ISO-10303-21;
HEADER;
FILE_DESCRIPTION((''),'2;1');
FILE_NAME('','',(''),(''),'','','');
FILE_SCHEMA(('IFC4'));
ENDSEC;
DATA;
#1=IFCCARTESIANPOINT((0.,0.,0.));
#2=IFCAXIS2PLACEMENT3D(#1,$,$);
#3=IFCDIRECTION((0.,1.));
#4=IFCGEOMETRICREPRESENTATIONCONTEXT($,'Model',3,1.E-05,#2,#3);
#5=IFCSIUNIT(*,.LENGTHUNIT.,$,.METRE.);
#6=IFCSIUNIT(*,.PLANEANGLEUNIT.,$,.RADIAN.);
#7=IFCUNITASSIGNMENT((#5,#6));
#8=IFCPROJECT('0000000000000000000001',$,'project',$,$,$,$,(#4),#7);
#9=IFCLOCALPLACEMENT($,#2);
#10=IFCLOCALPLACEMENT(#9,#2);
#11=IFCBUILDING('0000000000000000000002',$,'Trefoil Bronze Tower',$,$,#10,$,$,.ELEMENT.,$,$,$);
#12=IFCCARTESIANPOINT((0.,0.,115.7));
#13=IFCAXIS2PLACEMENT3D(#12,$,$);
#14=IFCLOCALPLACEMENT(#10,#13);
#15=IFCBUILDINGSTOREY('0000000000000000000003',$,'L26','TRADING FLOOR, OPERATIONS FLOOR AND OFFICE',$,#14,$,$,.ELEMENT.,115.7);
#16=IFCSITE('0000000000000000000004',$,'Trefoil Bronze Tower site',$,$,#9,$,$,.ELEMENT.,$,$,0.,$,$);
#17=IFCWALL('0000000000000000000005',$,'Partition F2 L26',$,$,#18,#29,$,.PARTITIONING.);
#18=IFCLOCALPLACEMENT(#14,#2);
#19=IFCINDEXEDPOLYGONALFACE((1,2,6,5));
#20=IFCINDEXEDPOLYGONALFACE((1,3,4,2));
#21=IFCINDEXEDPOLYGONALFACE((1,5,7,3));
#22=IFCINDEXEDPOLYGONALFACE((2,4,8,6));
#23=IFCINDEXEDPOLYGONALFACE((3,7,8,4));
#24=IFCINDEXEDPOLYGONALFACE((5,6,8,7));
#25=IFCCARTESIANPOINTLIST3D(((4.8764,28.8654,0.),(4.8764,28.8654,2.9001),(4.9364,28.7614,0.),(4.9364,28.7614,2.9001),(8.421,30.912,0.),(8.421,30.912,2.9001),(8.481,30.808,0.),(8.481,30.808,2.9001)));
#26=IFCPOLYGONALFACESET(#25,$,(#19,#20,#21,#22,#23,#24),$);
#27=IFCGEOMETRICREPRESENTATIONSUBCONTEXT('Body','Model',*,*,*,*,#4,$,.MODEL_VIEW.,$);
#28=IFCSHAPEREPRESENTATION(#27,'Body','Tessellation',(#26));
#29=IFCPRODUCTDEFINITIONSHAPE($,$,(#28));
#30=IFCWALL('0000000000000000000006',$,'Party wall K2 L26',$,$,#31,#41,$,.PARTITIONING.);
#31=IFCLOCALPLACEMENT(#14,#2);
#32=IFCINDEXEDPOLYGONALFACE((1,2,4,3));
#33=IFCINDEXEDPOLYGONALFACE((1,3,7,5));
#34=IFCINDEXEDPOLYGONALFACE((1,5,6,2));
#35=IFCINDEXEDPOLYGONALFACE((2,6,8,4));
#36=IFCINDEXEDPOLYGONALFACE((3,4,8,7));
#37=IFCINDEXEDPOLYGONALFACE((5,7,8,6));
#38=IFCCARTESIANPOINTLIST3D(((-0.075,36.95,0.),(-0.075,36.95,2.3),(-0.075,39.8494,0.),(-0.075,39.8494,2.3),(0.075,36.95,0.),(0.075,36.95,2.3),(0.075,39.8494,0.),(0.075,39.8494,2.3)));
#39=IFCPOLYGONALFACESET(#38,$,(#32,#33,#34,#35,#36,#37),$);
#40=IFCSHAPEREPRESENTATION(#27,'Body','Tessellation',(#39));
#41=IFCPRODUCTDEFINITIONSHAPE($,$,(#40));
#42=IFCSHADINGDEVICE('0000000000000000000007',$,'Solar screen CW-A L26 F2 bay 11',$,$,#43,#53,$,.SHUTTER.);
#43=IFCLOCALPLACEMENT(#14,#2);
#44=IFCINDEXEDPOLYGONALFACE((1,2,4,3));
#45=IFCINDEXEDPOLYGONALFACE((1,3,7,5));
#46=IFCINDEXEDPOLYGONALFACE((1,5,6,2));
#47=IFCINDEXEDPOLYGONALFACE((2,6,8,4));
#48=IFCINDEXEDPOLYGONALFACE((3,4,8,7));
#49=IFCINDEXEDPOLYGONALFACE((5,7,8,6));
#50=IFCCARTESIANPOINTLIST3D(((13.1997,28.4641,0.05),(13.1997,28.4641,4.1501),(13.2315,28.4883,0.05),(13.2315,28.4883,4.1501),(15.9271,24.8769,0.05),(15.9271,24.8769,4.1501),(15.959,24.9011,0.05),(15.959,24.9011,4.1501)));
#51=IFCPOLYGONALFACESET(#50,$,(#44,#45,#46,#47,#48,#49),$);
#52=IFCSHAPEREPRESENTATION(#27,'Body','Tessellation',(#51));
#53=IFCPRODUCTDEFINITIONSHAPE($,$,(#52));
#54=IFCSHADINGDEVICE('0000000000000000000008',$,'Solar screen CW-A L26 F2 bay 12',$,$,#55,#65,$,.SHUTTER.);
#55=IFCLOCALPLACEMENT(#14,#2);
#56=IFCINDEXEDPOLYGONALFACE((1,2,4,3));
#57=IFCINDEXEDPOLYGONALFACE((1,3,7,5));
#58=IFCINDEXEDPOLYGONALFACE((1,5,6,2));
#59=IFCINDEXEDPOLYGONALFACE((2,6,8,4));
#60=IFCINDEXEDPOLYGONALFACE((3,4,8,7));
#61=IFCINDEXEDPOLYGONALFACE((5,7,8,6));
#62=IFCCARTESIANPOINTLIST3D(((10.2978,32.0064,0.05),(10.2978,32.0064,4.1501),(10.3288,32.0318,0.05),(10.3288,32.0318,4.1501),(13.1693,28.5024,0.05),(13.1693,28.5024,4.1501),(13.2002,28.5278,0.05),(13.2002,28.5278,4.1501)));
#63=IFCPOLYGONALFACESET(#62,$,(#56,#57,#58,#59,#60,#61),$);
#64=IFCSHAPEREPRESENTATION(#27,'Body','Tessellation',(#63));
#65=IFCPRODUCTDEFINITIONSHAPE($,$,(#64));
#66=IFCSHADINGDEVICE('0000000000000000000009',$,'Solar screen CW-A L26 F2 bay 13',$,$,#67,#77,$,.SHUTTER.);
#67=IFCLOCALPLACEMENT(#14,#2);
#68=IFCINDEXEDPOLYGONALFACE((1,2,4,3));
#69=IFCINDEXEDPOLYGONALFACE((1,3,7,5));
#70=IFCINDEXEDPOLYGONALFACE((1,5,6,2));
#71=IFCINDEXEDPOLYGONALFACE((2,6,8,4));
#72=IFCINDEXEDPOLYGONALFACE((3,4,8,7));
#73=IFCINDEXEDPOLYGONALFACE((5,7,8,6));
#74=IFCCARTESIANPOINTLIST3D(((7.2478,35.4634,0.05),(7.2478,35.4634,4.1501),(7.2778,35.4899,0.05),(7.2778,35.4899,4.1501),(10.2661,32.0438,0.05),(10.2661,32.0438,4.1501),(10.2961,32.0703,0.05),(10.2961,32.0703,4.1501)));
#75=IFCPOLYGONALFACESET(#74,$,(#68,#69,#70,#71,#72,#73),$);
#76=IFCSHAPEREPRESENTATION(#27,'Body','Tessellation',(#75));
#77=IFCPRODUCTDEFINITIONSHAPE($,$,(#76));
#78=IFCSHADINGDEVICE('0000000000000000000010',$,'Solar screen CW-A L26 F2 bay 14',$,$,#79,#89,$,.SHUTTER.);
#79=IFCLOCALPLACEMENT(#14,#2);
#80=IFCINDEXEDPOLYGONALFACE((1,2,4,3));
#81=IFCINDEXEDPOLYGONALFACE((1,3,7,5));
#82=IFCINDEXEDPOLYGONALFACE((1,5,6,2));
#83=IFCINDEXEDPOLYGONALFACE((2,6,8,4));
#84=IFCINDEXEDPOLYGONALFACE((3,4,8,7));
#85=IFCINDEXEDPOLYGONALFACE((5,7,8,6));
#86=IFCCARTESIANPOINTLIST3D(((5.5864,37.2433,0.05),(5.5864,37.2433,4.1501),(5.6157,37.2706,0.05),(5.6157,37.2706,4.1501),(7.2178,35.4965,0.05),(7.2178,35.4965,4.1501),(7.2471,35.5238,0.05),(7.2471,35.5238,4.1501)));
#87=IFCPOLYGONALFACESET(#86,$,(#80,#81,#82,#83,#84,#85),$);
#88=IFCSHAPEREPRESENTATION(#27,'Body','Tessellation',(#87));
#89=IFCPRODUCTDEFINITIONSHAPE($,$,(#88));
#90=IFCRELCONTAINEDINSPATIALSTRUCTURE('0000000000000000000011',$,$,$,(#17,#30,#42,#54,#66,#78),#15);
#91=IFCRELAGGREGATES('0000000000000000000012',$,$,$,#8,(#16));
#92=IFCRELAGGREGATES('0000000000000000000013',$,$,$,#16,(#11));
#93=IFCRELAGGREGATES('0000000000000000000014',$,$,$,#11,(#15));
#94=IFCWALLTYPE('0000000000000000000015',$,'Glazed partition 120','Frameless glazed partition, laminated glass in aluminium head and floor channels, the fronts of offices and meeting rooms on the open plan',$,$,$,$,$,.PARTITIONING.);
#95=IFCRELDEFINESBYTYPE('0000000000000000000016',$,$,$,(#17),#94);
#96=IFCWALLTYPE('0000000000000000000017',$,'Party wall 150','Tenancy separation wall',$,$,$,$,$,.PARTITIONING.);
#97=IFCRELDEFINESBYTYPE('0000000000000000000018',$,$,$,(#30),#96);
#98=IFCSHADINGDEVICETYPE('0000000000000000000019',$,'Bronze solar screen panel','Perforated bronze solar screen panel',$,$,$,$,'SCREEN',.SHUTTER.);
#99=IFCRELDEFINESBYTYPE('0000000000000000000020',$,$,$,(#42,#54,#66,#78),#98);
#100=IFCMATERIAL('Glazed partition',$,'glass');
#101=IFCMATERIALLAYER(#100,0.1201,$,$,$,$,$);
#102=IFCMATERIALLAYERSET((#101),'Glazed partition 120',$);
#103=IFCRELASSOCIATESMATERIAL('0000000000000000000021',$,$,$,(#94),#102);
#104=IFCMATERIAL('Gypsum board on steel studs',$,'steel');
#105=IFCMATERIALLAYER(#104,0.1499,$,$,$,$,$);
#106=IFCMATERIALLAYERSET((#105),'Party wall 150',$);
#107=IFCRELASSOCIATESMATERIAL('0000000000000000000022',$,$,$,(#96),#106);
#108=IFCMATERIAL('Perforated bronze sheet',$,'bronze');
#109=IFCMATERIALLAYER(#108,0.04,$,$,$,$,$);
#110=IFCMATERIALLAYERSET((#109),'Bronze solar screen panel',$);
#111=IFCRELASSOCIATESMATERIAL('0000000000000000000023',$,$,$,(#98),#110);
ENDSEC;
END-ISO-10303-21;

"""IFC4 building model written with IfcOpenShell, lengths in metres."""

from ifc_helpers import new_model, si_unit, direction, frame, frame_2d, origin, origin_2d, place, context, subcontext, project, spatial, rectangle, extrude, material, layer, layer_set, type_object, element, save


model = new_model("IFC4")

# Units and contexts
model_context = context("Model", 3, precision=1e-05, world=origin(), true_north=direction((0.0, 1.0)))
body_context = subcontext(model_context, "Body", "Model", "MODEL_VIEW")
ifc_project = project(units=[si_unit("LENGTHUNIT", "METRE"), si_unit("PLANEANGLEUNIT", "RADIAN")], contexts=[model_context])

# Site, building, storey
site_placement = place(None, origin())
site = spatial("IfcSite", under=ifc_project, at=site_placement, Name="Trefoil Bronze Tower site", CompositionType="ELEMENT", RefElevation=0.0)
building_placement = place(site_placement, origin())
building = spatial("IfcBuilding", under=site, at=building_placement, Name="Trefoil Bronze Tower", CompositionType="ELEMENT")
storey_placement = place(building_placement, frame((0.0, 0.0, 115.7)))
storey = spatial("IfcBuildingStorey", under=building, at=storey_placement, Name="L26", Description="TRADING FLOOR, OPERATIONS FLOOR AND OFFICE", CompositionType="ELEMENT", Elevation=115.7)

# Shared definitions
ifc_material_1 = material(Name="Glazed partition", Category="glass")
ifc_layer_1 = layer(ifc_material_1, 0.1201)
ifc_layer_set_1 = layer_set([ifc_layer_1], Name="Glazed partition 120")
wall_type_1 = type_object("IfcWallType", Name="Glazed partition 120", Description="Frameless glazed partition, laminated glass in aluminium head and floor channels, the fronts of offices and meeting rooms on the open plan", PredefinedType="PARTITIONING", material=ifc_layer_set_1)

# Walls
wall_1_placement = place(storey_placement, frame((4.9065, 28.8135, 0.0), z_axis=(0.0, 0.0, 1.0), x_axis=(0.866014, 0.50002, 0.0)))
element("IfcWall", 1, at=wall_1_placement, inside=storey, type_object=wall_type_1, Name="Partition F2 L26", PredefinedType="PARTITIONING", context=body_context, shape_type="SweptSolid", body=[
    extrude(rectangle(XDim=4.093, YDim=0.1201, at=frame_2d((2.0464, 0.0))), origin(), (0.0, 0.0, 1.0), 2.9001),
])
ifc_material_2 = material(Name="Gypsum board on steel studs", Category="steel")
ifc_layer_2 = layer(ifc_material_2, 0.1499)
ifc_layer_set_2 = layer_set([ifc_layer_2], Name="Party wall 150")
wall_type_2 = type_object("IfcWallType", Name="Party wall 150", Description="Tenancy separation wall", PredefinedType="PARTITIONING", material=ifc_layer_set_2)
wall_2_placement = place(storey_placement, frame((0.0, 36.95, 0.0), z_axis=(0.0, 0.0, 1.0), x_axis=(0.0, 1.0, 0.0)))
element("IfcWall", 2, at=wall_2_placement, inside=storey, type_object=wall_type_2, Name="Party wall K2 L26", PredefinedType="PARTITIONING", context=body_context, shape_type="SweptSolid", body=[
    extrude(rectangle(XDim=2.8994, YDim=0.1499, at=frame_2d((1.4497, 0.0))), origin(), (0.0, 0.0, 1.0), 2.3),
])

# Shading devices
ifc_material_3 = material(Name="Perforated bronze sheet", Category="bronze")
ifc_layer_3 = layer(ifc_material_3, 0.04)
ifc_layer_set_3 = layer_set([ifc_layer_3], Name="Bronze solar screen panel")
shading_device_type = type_object("IfcShadingDeviceType", Name="Bronze solar screen panel", Description="Perforated bronze solar screen panel", ElementType="SCREEN", PredefinedType="SHUTTER", material=ifc_layer_set_3)
shading_device_1_placement = place(storey_placement, frame((14.5793, 26.6826, 0.05), z_axis=(0.0, 0.0, 1.0), x_axis=(-0.605252, 0.796034, 0.0)))
element("IfcShadingDevice", 3, at=shading_device_1_placement, inside=storey, type_object=shading_device_type, Name="Solar screen CW-A L26 F2 bay 11", PredefinedType="SHUTTER", context=body_context, shape_type="SweptSolid", body=[
    extrude(rectangle(XDim=4.5063, YDim=0.04, at=origin_2d()), origin(), (0.0, 0.0, 1.0), 4.1001),
])
shading_device_2_placement = place(storey_placement, frame((11.749, 30.2671, 0.05), z_axis=(0.0, 0.0, 1.0), x_axis=(-0.63384, 0.773464, 0.0)))
element("IfcShadingDevice", 4, at=shading_device_2_placement, inside=storey, type_object=shading_device_type, Name="Solar screen CW-A L26 F2 bay 12", PredefinedType="SHUTTER", context=body_context, shape_type="SweptSolid", body=[
    extrude(rectangle(XDim=4.5303, YDim=0.04, at=origin_2d()), origin(), (0.0, 0.0, 1.0), 4.1001),
])
shading_device_3_placement = place(storey_placement, frame((8.772, 33.7668, 0.05), z_axis=(0.0, 0.0, 1.0), x_axis=(-0.661751, 0.749723, 0.0)))
element("IfcShadingDevice", 5, at=shading_device_3_placement, inside=storey, type_object=shading_device_type, Name="Solar screen CW-A L26 F2 bay 13", PredefinedType="SHUTTER", context=body_context, shape_type="SweptSolid", body=[
    extrude(rectangle(XDim=4.561, YDim=0.04, at=origin_2d()), origin(), (0.0, 0.0, 1.0), 4.1001),
])
shading_device_4_placement = place(storey_placement, frame((6.4167, 36.3835, 0.05), z_axis=(0.0, 0.0, 1.0), x_axis=(-0.682536, 0.730852, 0.0)))
element("IfcShadingDevice", 6, at=shading_device_4_placement, inside=storey, type_object=shading_device_type, Name="Solar screen CW-A L26 F2 bay 14", PredefinedType="SHUTTER", context=body_context, shape_type="SweptSolid", body=[
    extrude(rectangle(XDim=2.3901, YDim=0.04, at=origin_2d()), origin(), (0.0, 0.0, 1.0), 4.1001),
])

save(model, "model.ifc")
